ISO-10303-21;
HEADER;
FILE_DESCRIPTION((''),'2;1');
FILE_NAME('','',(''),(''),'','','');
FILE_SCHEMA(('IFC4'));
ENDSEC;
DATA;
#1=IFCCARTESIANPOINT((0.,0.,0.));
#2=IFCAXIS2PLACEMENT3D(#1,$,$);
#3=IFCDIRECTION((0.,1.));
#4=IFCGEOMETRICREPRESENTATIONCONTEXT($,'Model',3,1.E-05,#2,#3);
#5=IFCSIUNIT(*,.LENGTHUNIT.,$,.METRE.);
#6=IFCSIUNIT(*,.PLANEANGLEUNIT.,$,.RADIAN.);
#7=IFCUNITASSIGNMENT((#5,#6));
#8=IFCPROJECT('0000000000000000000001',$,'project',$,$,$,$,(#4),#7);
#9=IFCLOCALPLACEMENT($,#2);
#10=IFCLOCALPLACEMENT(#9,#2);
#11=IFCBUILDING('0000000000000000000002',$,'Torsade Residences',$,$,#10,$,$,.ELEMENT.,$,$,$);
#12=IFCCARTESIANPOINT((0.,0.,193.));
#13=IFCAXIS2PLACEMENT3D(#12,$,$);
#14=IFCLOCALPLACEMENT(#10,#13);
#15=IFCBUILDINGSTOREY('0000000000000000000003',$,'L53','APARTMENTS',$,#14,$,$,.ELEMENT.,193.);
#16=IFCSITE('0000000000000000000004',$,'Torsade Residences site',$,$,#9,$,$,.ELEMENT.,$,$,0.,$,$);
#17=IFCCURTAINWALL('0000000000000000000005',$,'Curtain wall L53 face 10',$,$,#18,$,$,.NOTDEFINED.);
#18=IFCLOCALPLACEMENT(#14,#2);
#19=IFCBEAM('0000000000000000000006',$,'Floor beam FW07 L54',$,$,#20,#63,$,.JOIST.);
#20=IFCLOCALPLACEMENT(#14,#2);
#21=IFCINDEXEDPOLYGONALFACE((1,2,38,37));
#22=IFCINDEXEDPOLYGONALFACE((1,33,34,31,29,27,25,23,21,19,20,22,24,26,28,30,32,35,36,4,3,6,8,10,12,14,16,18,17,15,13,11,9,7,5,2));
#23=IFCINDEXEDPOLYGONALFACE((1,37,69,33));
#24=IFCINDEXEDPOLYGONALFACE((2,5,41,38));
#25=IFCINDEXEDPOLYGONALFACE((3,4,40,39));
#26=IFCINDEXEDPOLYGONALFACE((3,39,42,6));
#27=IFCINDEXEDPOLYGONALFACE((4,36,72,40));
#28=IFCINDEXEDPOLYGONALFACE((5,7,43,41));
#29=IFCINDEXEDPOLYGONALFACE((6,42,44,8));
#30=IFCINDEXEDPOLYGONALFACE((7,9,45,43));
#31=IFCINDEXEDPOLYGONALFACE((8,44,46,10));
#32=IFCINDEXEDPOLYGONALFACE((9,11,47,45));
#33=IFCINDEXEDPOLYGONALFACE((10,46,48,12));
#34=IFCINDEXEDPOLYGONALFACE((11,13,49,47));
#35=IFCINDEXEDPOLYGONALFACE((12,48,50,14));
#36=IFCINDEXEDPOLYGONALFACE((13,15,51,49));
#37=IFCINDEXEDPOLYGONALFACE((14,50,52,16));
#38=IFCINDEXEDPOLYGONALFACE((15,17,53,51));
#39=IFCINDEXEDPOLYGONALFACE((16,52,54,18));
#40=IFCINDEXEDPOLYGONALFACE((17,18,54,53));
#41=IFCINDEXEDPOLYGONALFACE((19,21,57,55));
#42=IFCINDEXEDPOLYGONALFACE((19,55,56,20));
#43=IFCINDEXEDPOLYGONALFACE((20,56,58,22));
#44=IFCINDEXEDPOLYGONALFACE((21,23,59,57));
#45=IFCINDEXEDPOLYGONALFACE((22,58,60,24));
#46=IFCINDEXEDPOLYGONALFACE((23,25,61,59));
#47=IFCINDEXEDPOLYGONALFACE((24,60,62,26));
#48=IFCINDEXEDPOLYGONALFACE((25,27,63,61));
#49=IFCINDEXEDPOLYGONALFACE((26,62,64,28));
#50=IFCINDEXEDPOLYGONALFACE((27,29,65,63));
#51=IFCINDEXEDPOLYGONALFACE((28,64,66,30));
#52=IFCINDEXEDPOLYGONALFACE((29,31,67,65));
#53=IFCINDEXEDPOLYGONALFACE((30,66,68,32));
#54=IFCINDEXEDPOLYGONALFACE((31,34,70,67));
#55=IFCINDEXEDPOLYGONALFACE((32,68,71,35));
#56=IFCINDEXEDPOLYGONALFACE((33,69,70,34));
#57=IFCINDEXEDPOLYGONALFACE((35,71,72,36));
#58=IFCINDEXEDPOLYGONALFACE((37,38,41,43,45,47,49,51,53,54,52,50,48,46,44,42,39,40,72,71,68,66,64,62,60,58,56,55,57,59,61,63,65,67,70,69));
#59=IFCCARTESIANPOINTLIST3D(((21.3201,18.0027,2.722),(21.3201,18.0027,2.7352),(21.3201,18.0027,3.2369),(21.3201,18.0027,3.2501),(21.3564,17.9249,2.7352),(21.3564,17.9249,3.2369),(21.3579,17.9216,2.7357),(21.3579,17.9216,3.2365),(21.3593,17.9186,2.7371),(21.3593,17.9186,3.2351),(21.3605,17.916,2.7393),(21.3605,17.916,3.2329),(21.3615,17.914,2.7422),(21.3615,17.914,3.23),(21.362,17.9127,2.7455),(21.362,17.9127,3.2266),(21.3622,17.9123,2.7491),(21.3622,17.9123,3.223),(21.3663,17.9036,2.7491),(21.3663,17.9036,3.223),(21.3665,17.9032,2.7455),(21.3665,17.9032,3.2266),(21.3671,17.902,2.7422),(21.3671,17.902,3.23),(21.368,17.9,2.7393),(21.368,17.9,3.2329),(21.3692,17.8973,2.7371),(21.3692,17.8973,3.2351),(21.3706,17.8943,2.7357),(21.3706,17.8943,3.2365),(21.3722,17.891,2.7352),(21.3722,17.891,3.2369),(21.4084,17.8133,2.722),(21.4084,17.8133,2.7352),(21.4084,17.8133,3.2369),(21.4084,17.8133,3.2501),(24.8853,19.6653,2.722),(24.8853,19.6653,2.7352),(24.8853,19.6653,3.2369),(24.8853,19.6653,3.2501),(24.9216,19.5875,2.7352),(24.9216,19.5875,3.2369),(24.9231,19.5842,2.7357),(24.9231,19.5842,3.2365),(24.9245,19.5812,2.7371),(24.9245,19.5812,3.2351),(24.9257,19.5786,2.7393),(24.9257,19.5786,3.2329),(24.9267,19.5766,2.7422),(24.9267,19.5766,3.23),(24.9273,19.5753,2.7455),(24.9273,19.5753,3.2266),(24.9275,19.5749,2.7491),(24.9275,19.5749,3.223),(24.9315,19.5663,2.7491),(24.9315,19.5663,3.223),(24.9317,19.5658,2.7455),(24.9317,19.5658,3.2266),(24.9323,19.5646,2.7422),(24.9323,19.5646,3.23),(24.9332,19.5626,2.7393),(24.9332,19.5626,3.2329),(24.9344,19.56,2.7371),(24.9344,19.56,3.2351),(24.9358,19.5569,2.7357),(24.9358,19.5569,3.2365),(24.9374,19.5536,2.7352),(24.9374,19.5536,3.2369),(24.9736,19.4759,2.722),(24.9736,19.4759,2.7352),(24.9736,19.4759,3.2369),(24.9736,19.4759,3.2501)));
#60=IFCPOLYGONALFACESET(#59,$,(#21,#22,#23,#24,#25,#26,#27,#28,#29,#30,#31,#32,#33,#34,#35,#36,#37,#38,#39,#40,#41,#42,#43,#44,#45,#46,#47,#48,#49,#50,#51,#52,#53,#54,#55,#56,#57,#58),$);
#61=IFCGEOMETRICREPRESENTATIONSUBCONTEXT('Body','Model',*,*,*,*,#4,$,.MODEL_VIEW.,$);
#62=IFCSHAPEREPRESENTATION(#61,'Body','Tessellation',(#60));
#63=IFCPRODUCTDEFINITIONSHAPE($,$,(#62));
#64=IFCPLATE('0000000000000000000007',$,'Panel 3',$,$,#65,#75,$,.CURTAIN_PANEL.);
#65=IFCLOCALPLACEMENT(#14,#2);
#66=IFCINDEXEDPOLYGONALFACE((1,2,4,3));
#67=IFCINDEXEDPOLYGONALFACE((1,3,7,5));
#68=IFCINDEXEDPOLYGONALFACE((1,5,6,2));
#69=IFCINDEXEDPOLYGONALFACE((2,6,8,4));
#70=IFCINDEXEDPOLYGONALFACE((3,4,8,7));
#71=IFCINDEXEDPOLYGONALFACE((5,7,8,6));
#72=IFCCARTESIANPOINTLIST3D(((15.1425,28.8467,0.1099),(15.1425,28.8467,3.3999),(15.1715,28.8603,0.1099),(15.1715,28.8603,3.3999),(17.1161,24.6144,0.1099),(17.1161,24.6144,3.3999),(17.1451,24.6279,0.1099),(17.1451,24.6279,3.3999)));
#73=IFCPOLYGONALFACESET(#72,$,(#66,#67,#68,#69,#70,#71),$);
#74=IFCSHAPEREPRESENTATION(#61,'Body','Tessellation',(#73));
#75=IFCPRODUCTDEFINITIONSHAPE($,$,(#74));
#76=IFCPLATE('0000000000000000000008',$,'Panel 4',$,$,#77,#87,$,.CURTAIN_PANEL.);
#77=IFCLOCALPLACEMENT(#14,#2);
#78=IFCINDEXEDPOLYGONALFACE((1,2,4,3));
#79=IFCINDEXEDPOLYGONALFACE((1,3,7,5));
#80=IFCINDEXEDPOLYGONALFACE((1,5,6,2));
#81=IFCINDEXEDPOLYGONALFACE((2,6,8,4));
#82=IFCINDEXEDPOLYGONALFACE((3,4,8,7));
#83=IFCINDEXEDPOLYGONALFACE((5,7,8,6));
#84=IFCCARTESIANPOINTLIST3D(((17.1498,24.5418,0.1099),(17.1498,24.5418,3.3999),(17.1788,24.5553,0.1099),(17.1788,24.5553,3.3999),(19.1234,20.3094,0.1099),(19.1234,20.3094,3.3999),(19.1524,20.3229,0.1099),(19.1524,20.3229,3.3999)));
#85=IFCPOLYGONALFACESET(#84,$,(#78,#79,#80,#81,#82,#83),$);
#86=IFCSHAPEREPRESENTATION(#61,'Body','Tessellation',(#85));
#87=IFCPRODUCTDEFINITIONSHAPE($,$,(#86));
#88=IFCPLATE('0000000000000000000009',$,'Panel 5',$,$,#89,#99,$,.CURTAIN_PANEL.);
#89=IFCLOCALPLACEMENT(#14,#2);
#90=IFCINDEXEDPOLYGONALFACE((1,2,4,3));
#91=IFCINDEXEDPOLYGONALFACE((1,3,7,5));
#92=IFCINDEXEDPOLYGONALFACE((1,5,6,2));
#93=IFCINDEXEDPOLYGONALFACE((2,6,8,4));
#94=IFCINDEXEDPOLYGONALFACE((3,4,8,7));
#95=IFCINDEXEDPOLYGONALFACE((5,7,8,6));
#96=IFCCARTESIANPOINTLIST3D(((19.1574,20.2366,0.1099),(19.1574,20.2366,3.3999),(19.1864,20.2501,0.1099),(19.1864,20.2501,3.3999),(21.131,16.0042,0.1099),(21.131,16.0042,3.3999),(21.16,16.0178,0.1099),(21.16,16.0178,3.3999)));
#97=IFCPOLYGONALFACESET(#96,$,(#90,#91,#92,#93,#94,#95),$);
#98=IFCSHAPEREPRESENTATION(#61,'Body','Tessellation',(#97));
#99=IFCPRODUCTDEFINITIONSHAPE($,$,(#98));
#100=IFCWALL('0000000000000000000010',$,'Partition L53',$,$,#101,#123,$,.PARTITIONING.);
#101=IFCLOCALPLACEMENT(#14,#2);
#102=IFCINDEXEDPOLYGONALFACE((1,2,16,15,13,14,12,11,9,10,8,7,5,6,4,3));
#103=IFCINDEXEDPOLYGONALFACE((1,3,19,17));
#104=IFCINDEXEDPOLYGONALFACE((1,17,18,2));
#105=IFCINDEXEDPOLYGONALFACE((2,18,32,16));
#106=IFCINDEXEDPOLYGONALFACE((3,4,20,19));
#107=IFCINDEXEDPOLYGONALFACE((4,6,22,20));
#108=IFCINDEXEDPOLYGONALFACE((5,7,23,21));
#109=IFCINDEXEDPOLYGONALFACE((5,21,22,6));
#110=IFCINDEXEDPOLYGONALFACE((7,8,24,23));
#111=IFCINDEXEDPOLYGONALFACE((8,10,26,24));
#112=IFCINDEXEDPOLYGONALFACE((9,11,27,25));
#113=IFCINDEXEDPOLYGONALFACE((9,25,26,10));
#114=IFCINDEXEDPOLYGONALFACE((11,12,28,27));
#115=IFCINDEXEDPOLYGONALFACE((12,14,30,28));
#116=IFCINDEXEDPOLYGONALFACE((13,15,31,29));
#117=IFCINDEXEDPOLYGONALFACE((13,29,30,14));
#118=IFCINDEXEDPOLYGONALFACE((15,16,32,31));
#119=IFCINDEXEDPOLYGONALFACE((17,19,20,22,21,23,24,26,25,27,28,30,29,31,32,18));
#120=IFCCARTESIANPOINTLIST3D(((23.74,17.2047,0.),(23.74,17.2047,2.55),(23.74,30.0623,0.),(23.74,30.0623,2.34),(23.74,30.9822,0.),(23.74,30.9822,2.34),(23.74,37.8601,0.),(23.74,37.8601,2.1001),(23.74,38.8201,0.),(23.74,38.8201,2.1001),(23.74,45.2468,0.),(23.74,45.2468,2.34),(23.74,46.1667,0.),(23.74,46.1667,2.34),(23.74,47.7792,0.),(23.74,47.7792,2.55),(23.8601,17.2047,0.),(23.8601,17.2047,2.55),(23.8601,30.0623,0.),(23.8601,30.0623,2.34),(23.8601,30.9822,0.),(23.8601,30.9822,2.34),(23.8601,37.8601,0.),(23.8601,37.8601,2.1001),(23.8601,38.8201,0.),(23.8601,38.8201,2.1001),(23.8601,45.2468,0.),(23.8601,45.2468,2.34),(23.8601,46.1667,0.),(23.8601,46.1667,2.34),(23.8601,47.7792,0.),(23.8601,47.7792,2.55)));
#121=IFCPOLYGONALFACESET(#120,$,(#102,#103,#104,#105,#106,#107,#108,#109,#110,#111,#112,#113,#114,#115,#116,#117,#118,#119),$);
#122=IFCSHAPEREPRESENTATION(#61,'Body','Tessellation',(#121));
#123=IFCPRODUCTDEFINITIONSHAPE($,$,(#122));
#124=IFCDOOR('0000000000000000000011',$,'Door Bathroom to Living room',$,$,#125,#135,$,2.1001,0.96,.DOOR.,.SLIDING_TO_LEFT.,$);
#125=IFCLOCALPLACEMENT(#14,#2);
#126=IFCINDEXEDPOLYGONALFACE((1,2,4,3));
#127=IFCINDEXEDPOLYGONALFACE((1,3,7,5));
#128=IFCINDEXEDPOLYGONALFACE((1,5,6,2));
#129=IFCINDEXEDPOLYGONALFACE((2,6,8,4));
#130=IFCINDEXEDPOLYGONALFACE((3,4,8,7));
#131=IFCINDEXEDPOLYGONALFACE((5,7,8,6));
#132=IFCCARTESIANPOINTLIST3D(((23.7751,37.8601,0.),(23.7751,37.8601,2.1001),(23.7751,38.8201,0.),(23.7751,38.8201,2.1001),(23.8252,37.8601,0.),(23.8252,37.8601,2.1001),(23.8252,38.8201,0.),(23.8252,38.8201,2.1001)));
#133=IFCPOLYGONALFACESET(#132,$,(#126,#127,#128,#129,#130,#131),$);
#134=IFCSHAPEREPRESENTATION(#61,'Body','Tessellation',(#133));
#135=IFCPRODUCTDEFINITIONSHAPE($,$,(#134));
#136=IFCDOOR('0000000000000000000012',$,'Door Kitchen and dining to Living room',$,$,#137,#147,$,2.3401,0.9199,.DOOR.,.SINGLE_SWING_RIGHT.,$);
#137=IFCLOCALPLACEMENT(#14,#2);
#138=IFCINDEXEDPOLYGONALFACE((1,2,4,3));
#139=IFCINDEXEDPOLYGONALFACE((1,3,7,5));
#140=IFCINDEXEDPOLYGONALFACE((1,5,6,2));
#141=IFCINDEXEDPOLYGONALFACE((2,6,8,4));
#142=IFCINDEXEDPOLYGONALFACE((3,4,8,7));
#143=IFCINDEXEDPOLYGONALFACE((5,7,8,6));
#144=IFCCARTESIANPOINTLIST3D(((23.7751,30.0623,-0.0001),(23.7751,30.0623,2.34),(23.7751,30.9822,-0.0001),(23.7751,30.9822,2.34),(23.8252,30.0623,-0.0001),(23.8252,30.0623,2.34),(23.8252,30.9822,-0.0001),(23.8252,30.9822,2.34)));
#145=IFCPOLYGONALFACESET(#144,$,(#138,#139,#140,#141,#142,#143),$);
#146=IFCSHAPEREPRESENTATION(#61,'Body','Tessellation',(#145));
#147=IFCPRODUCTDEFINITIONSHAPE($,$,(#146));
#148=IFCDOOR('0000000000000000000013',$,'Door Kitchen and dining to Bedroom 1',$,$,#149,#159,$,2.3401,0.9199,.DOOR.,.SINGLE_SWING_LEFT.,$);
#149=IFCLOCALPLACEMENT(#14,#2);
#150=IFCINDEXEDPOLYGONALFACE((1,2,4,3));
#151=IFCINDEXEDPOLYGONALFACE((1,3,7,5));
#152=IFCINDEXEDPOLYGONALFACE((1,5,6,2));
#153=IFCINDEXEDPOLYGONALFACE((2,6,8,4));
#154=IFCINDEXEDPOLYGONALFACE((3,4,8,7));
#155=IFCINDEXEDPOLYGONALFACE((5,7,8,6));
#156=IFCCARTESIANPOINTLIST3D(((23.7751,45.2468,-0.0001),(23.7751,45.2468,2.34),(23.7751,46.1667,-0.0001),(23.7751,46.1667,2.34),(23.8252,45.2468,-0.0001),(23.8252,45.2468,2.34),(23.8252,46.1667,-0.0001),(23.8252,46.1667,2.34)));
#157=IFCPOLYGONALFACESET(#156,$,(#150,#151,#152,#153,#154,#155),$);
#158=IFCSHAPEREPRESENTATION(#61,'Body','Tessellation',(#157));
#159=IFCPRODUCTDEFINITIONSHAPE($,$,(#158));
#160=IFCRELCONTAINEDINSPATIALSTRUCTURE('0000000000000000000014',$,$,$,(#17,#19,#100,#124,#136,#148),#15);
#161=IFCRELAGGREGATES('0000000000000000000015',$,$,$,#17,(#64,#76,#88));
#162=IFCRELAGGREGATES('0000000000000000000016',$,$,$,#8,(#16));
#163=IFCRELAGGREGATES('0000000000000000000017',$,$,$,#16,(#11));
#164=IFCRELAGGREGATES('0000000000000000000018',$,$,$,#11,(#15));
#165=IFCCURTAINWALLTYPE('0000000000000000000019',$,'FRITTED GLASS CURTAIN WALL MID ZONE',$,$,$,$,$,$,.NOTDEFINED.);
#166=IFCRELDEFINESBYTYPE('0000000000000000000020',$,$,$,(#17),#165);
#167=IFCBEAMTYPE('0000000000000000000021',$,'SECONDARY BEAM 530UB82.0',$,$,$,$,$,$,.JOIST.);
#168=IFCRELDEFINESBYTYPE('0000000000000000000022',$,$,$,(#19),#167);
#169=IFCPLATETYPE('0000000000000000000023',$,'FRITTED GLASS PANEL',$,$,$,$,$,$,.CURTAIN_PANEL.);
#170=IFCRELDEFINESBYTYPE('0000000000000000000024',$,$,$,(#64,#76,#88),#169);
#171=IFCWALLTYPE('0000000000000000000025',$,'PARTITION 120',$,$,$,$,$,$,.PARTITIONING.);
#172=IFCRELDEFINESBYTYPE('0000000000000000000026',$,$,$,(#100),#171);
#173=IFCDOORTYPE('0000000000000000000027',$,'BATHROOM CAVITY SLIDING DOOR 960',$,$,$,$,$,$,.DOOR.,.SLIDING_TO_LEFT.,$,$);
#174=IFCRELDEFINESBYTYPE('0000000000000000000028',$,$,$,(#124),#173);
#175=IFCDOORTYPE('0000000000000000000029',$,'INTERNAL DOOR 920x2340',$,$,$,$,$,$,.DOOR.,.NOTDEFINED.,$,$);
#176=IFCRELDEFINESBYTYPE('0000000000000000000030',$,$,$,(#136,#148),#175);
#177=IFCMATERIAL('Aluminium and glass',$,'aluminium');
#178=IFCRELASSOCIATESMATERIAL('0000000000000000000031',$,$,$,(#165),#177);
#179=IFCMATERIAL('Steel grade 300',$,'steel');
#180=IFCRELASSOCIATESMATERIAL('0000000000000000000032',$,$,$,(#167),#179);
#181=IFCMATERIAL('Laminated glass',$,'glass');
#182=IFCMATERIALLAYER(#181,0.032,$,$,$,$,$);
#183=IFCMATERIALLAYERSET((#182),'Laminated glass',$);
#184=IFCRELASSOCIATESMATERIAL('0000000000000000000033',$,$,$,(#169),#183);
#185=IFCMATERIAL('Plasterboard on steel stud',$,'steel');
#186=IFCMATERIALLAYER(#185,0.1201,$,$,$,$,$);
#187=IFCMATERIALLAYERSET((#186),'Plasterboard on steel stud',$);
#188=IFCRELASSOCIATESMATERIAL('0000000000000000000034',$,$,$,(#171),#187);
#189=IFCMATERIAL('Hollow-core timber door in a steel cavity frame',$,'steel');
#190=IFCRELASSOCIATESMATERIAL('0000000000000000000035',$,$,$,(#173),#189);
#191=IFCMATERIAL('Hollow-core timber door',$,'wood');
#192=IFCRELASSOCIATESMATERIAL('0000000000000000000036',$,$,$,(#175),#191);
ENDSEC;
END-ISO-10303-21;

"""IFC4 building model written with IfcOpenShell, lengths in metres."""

from ifc_helpers import new_model, si_unit, direction, frame, frame_2d, origin, origin_2d, place, context, subcontext, project, spatial, rectangle, i_section, extrude, material, layer, layer_set, material_profile, profile_set, type_object, element, fill, aggregate, save


model = new_model("IFC4")

# Units and contexts
model_context = context("Model", 3, precision=1e-05, world=origin(), true_north=direction((0.0, 1.0)))
body_context = subcontext(model_context, "Body", "Model", "MODEL_VIEW")
ifc_project = project(units=[si_unit("LENGTHUNIT", "METRE"), si_unit("PLANEANGLEUNIT", "RADIAN")], contexts=[model_context])

# Site, building, storey
site_placement = place(None, origin())
site = spatial("IfcSite", under=ifc_project, at=site_placement, Name="Torsade Residences site", CompositionType="ELEMENT", RefElevation=0.0)
building_placement = place(site_placement, origin())
building = spatial("IfcBuilding", under=site, at=building_placement, Name="Torsade Residences", CompositionType="ELEMENT")
storey_placement = place(building_placement, frame((0.0, 0.0, 193.0)))
storey = spatial("IfcBuildingStorey", under=building, at=storey_placement, Name="L53", Description="APARTMENTS", CompositionType="ELEMENT", Elevation=193.0)

# Curtain wall
ifc_material_1 = material(Name="Aluminium and glass", Category="aluminium")
curtain_wall_type = type_object("IfcCurtainWallType", Name="FRITTED GLASS CURTAIN WALL MID ZONE", PredefinedType="NOTDEFINED", material=ifc_material_1)
curtain_wall_placement = place(storey_placement, origin())
curtain_wall = element("IfcCurtainWall", 1, at=curtain_wall_placement, inside=storey, type_object=curtain_wall_type, Name="Curtain wall L53 face 10", PredefinedType="NOTDEFINED")

# Beam
ifc_material_2 = material(Name="Steel grade 300", Category="steel")
ifc_material_profile_1 = material_profile(ifc_material_2, i_section(OverallWidth=0.209, OverallDepth=0.5281, WebThickness=0.0095, FlangeThickness=0.0132, FilletRadius=0.0139, at=origin_2d()), Name="530UB82.0")
ifc_profile_set_1 = profile_set([ifc_material_profile_1], Name="Steel grade 300")
beam_type_1 = type_object("IfcBeamType", Name="SECONDARY BEAM 530UB82.0", PredefinedType="JOIST", material=ifc_profile_set_1)
beam_1_placement = place(storey_placement, frame((21.3643, 17.908, 2.9861), z_axis=(0.906296, 0.422644, 0.0), x_axis=(-0.422644, 0.906296, 0.0)))
element("IfcBeam", 2, at=beam_1_placement, inside=storey, type_object=beam_type_1, Name="Floor beam FW07 L54", PredefinedType="JOIST", context=body_context, shape_type="SweptSolid", body=[
    extrude(i_section(OverallWidth=0.209, OverallDepth=0.5281, WebThickness=0.0095, FlangeThickness=0.0132, FilletRadius=0.0139, at=origin_2d()), origin(), (0.0, 0.0, 1.0), 3.9338),
])

# Plates
ifc_material_3 = material(Name="Laminated glass", Category="glass")
ifc_layer_1 = layer(ifc_material_3, 0.032)
ifc_layer_set_1 = layer_set([ifc_layer_1], Name="Laminated glass")
plate_type = type_object("IfcPlateType", Name="FRITTED GLASS PANEL", PredefinedType="CURTAIN_PANEL", material=ifc_layer_set_1)
plate_1_placement = place(storey_placement, frame((16.1438, 26.7373, 0.1099), z_axis=(0.0, 0.0, 1.0), x_axis=(0.422618, -0.906308, 0.0)))
plate_1 = element("IfcPlate", 3, at=plate_1_placement, type_object=plate_type, Name="Panel 3", PredefinedType="CURTAIN_PANEL", context=body_context, shape_type="SweptSolid", body=[
    extrude(rectangle(XDim=4.6699, YDim=0.032, at=origin_2d()), origin(), (0.0, 0.0, 1.0), 3.29),
])
plate_2_placement = place(storey_placement, frame((18.1511, 22.4324, 0.1099), z_axis=(0.0, 0.0, 1.0), x_axis=(0.422618, -0.906308, 0.0)))
plate_2 = element("IfcPlate", 4, at=plate_2_placement, type_object=plate_type, Name="Panel 4", PredefinedType="CURTAIN_PANEL", context=body_context, shape_type="SweptSolid", body=[
    extrude(rectangle(XDim=4.6699, YDim=0.032, at=origin_2d()), origin(), (0.0, 0.0, 1.0), 3.29),
])
plate_3_placement = place(storey_placement, frame((20.1587, 18.1272, 0.1099), z_axis=(0.0, 0.0, 1.0), x_axis=(0.422618, -0.906308, 0.0)))
plate_3 = element("IfcPlate", 5, at=plate_3_placement, type_object=plate_type, Name="Panel 5", PredefinedType="CURTAIN_PANEL", context=body_context, shape_type="SweptSolid", body=[
    extrude(rectangle(XDim=4.6699, YDim=0.032, at=origin_2d()), origin(), (0.0, 0.0, 1.0), 3.29),
])
aggregate(curtain_wall, [plate_1, plate_2, plate_3])

# Wall, openings, doors
ifc_material_4 = material(Name="Plasterboard on steel stud", Category="steel")
ifc_layer_2 = layer(ifc_material_4, 0.1201)
ifc_layer_set_2 = layer_set([ifc_layer_2], Name="Plasterboard on steel stud")
wall_type_1 = type_object("IfcWallType", Name="PARTITION 120", PredefinedType="PARTITIONING", material=ifc_layer_set_2)
wall_1_placement = place(storey_placement, frame((23.8, 17.2048, 0.0), z_axis=(0.0, 0.0, 1.0), x_axis=(0.0, 1.0, 0.0)))
wall_1 = element("IfcWall", 6, at=wall_1_placement, inside=storey, type_object=wall_type_1, Name="Partition L53", PredefinedType="PARTITIONING", context=body_context, shape_type="SweptSolid", body=[
    extrude(rectangle(XDim=30.5745, YDim=0.1201, at=frame_2d((15.2871, 0.0))), origin(), (0.0, 0.0, 1.0), 2.55),
])
opening_1_placement = place(wall_1_placement, frame((12.8574, 0.0, 0.0)))
opening_1 = element("IfcOpeningElement", 7, at=opening_1_placement, cuts=wall_1, PredefinedType="OPENING", context=body_context, shape_type="SweptSolid", body=[
    extrude(rectangle(XDim=0.9199, YDim=2.3401, at=frame_2d((0.46, 1.1699))), frame((0.0, 0.0701, 0.0), z_axis=(0.0, -1.0, 0.0), x_axis=(1.0, 0.0, 0.0)), (0.0, 0.0, 1.0), 0.1401),
])
opening_2_placement = place(wall_1_placement, frame((28.042, 0.0, 0.0)))
opening_2 = element("IfcOpeningElement", 8, at=opening_2_placement, cuts=wall_1, PredefinedType="OPENING", context=body_context, shape_type="SweptSolid", body=[
    extrude(rectangle(XDim=0.9199, YDim=2.3401, at=frame_2d((0.46, 1.1699))), frame((0.0, 0.0701, 0.0), z_axis=(0.0, -1.0, 0.0), x_axis=(1.0, 0.0, 0.0)), (0.0, 0.0, 1.0), 0.1401),
])
opening_3_placement = place(wall_1_placement, frame((20.6553, 0.0, 0.0)))
opening_3 = element("IfcOpeningElement", 9, at=opening_3_placement, cuts=wall_1, PredefinedType="OPENING", context=body_context, shape_type="SweptSolid", body=[
    extrude(rectangle(XDim=0.96, YDim=2.1001, at=frame_2d((0.48, 1.05))), frame((0.0, 0.0701, 0.0), z_axis=(0.0, -1.0, 0.0), x_axis=(1.0, 0.0, 0.0)), (0.0, 0.0, 1.0), 0.1401),
])
ifc_material_5 = material(Name="Hollow-core timber door in a steel cavity frame", Category="steel")
door_type_1 = type_object("IfcDoorType", Name="BATHROOM CAVITY SLIDING DOOR 960", OperationType="SLIDING_TO_LEFT", PredefinedType="DOOR", material=ifc_material_5)
door_1_placement = place(opening_3_placement, origin())
door_1 = element("IfcDoor", 10, at=door_1_placement, inside=storey, type_object=door_type_1, Name="Door Bathroom to Living room", OperationType="SLIDING_TO_LEFT", OverallHeight=2.1001, OverallWidth=0.96, PredefinedType="DOOR", context=body_context, shape_type="SweptSolid", body=[
    extrude(rectangle(XDim=0.96, YDim=2.1001, at=frame_2d((0.48, 1.05))), frame((0.0, 0.0249, 0.0), z_axis=(0.0, -1.0, 0.0), x_axis=(1.0, 0.0, 0.0)), (0.0, 0.0, 1.0), 0.05),
])
fill(opening_3, door_1)
ifc_material_6 = material(Name="Hollow-core timber door", Category="wood")
door_type_2 = type_object("IfcDoorType", Name="INTERNAL DOOR 920x2340", OperationType="NOTDEFINED", PredefinedType="DOOR", material=ifc_material_6)
door_2_placement = place(opening_1_placement, origin())
door_2 = element("IfcDoor", 11, at=door_2_placement, inside=storey, type_object=door_type_2, Name="Door Kitchen and dining to Living room", OperationType="SINGLE_SWING_RIGHT", OverallHeight=2.3401, OverallWidth=0.9199, PredefinedType="DOOR", context=body_context, shape_type="SweptSolid", body=[
    extrude(rectangle(XDim=0.9199, YDim=2.3401, at=frame_2d((0.46, 1.1699))), frame((0.0, 0.0249, 0.0), z_axis=(0.0, -1.0, 0.0), x_axis=(1.0, 0.0, 0.0)), (0.0, 0.0, 1.0), 0.05),
])
fill(opening_1, door_2)
door_3_placement = place(opening_2_placement, origin())
door_3 = element("IfcDoor", 12, at=door_3_placement, inside=storey, type_object=door_type_2, Name="Door Kitchen and dining to Bedroom 1", OperationType="SINGLE_SWING_LEFT", OverallHeight=2.3401, OverallWidth=0.9199, PredefinedType="DOOR", context=body_context, shape_type="SweptSolid", body=[
    extrude(rectangle(XDim=0.9199, YDim=2.3401, at=frame_2d((0.46, 1.1699))), frame((0.0, 0.0249, 0.0), z_axis=(0.0, -1.0, 0.0), x_axis=(1.0, 0.0, 0.0)), (0.0, 0.0, 1.0), 0.05),
])
fill(opening_2, door_3)

save(model, "model.ifc")
